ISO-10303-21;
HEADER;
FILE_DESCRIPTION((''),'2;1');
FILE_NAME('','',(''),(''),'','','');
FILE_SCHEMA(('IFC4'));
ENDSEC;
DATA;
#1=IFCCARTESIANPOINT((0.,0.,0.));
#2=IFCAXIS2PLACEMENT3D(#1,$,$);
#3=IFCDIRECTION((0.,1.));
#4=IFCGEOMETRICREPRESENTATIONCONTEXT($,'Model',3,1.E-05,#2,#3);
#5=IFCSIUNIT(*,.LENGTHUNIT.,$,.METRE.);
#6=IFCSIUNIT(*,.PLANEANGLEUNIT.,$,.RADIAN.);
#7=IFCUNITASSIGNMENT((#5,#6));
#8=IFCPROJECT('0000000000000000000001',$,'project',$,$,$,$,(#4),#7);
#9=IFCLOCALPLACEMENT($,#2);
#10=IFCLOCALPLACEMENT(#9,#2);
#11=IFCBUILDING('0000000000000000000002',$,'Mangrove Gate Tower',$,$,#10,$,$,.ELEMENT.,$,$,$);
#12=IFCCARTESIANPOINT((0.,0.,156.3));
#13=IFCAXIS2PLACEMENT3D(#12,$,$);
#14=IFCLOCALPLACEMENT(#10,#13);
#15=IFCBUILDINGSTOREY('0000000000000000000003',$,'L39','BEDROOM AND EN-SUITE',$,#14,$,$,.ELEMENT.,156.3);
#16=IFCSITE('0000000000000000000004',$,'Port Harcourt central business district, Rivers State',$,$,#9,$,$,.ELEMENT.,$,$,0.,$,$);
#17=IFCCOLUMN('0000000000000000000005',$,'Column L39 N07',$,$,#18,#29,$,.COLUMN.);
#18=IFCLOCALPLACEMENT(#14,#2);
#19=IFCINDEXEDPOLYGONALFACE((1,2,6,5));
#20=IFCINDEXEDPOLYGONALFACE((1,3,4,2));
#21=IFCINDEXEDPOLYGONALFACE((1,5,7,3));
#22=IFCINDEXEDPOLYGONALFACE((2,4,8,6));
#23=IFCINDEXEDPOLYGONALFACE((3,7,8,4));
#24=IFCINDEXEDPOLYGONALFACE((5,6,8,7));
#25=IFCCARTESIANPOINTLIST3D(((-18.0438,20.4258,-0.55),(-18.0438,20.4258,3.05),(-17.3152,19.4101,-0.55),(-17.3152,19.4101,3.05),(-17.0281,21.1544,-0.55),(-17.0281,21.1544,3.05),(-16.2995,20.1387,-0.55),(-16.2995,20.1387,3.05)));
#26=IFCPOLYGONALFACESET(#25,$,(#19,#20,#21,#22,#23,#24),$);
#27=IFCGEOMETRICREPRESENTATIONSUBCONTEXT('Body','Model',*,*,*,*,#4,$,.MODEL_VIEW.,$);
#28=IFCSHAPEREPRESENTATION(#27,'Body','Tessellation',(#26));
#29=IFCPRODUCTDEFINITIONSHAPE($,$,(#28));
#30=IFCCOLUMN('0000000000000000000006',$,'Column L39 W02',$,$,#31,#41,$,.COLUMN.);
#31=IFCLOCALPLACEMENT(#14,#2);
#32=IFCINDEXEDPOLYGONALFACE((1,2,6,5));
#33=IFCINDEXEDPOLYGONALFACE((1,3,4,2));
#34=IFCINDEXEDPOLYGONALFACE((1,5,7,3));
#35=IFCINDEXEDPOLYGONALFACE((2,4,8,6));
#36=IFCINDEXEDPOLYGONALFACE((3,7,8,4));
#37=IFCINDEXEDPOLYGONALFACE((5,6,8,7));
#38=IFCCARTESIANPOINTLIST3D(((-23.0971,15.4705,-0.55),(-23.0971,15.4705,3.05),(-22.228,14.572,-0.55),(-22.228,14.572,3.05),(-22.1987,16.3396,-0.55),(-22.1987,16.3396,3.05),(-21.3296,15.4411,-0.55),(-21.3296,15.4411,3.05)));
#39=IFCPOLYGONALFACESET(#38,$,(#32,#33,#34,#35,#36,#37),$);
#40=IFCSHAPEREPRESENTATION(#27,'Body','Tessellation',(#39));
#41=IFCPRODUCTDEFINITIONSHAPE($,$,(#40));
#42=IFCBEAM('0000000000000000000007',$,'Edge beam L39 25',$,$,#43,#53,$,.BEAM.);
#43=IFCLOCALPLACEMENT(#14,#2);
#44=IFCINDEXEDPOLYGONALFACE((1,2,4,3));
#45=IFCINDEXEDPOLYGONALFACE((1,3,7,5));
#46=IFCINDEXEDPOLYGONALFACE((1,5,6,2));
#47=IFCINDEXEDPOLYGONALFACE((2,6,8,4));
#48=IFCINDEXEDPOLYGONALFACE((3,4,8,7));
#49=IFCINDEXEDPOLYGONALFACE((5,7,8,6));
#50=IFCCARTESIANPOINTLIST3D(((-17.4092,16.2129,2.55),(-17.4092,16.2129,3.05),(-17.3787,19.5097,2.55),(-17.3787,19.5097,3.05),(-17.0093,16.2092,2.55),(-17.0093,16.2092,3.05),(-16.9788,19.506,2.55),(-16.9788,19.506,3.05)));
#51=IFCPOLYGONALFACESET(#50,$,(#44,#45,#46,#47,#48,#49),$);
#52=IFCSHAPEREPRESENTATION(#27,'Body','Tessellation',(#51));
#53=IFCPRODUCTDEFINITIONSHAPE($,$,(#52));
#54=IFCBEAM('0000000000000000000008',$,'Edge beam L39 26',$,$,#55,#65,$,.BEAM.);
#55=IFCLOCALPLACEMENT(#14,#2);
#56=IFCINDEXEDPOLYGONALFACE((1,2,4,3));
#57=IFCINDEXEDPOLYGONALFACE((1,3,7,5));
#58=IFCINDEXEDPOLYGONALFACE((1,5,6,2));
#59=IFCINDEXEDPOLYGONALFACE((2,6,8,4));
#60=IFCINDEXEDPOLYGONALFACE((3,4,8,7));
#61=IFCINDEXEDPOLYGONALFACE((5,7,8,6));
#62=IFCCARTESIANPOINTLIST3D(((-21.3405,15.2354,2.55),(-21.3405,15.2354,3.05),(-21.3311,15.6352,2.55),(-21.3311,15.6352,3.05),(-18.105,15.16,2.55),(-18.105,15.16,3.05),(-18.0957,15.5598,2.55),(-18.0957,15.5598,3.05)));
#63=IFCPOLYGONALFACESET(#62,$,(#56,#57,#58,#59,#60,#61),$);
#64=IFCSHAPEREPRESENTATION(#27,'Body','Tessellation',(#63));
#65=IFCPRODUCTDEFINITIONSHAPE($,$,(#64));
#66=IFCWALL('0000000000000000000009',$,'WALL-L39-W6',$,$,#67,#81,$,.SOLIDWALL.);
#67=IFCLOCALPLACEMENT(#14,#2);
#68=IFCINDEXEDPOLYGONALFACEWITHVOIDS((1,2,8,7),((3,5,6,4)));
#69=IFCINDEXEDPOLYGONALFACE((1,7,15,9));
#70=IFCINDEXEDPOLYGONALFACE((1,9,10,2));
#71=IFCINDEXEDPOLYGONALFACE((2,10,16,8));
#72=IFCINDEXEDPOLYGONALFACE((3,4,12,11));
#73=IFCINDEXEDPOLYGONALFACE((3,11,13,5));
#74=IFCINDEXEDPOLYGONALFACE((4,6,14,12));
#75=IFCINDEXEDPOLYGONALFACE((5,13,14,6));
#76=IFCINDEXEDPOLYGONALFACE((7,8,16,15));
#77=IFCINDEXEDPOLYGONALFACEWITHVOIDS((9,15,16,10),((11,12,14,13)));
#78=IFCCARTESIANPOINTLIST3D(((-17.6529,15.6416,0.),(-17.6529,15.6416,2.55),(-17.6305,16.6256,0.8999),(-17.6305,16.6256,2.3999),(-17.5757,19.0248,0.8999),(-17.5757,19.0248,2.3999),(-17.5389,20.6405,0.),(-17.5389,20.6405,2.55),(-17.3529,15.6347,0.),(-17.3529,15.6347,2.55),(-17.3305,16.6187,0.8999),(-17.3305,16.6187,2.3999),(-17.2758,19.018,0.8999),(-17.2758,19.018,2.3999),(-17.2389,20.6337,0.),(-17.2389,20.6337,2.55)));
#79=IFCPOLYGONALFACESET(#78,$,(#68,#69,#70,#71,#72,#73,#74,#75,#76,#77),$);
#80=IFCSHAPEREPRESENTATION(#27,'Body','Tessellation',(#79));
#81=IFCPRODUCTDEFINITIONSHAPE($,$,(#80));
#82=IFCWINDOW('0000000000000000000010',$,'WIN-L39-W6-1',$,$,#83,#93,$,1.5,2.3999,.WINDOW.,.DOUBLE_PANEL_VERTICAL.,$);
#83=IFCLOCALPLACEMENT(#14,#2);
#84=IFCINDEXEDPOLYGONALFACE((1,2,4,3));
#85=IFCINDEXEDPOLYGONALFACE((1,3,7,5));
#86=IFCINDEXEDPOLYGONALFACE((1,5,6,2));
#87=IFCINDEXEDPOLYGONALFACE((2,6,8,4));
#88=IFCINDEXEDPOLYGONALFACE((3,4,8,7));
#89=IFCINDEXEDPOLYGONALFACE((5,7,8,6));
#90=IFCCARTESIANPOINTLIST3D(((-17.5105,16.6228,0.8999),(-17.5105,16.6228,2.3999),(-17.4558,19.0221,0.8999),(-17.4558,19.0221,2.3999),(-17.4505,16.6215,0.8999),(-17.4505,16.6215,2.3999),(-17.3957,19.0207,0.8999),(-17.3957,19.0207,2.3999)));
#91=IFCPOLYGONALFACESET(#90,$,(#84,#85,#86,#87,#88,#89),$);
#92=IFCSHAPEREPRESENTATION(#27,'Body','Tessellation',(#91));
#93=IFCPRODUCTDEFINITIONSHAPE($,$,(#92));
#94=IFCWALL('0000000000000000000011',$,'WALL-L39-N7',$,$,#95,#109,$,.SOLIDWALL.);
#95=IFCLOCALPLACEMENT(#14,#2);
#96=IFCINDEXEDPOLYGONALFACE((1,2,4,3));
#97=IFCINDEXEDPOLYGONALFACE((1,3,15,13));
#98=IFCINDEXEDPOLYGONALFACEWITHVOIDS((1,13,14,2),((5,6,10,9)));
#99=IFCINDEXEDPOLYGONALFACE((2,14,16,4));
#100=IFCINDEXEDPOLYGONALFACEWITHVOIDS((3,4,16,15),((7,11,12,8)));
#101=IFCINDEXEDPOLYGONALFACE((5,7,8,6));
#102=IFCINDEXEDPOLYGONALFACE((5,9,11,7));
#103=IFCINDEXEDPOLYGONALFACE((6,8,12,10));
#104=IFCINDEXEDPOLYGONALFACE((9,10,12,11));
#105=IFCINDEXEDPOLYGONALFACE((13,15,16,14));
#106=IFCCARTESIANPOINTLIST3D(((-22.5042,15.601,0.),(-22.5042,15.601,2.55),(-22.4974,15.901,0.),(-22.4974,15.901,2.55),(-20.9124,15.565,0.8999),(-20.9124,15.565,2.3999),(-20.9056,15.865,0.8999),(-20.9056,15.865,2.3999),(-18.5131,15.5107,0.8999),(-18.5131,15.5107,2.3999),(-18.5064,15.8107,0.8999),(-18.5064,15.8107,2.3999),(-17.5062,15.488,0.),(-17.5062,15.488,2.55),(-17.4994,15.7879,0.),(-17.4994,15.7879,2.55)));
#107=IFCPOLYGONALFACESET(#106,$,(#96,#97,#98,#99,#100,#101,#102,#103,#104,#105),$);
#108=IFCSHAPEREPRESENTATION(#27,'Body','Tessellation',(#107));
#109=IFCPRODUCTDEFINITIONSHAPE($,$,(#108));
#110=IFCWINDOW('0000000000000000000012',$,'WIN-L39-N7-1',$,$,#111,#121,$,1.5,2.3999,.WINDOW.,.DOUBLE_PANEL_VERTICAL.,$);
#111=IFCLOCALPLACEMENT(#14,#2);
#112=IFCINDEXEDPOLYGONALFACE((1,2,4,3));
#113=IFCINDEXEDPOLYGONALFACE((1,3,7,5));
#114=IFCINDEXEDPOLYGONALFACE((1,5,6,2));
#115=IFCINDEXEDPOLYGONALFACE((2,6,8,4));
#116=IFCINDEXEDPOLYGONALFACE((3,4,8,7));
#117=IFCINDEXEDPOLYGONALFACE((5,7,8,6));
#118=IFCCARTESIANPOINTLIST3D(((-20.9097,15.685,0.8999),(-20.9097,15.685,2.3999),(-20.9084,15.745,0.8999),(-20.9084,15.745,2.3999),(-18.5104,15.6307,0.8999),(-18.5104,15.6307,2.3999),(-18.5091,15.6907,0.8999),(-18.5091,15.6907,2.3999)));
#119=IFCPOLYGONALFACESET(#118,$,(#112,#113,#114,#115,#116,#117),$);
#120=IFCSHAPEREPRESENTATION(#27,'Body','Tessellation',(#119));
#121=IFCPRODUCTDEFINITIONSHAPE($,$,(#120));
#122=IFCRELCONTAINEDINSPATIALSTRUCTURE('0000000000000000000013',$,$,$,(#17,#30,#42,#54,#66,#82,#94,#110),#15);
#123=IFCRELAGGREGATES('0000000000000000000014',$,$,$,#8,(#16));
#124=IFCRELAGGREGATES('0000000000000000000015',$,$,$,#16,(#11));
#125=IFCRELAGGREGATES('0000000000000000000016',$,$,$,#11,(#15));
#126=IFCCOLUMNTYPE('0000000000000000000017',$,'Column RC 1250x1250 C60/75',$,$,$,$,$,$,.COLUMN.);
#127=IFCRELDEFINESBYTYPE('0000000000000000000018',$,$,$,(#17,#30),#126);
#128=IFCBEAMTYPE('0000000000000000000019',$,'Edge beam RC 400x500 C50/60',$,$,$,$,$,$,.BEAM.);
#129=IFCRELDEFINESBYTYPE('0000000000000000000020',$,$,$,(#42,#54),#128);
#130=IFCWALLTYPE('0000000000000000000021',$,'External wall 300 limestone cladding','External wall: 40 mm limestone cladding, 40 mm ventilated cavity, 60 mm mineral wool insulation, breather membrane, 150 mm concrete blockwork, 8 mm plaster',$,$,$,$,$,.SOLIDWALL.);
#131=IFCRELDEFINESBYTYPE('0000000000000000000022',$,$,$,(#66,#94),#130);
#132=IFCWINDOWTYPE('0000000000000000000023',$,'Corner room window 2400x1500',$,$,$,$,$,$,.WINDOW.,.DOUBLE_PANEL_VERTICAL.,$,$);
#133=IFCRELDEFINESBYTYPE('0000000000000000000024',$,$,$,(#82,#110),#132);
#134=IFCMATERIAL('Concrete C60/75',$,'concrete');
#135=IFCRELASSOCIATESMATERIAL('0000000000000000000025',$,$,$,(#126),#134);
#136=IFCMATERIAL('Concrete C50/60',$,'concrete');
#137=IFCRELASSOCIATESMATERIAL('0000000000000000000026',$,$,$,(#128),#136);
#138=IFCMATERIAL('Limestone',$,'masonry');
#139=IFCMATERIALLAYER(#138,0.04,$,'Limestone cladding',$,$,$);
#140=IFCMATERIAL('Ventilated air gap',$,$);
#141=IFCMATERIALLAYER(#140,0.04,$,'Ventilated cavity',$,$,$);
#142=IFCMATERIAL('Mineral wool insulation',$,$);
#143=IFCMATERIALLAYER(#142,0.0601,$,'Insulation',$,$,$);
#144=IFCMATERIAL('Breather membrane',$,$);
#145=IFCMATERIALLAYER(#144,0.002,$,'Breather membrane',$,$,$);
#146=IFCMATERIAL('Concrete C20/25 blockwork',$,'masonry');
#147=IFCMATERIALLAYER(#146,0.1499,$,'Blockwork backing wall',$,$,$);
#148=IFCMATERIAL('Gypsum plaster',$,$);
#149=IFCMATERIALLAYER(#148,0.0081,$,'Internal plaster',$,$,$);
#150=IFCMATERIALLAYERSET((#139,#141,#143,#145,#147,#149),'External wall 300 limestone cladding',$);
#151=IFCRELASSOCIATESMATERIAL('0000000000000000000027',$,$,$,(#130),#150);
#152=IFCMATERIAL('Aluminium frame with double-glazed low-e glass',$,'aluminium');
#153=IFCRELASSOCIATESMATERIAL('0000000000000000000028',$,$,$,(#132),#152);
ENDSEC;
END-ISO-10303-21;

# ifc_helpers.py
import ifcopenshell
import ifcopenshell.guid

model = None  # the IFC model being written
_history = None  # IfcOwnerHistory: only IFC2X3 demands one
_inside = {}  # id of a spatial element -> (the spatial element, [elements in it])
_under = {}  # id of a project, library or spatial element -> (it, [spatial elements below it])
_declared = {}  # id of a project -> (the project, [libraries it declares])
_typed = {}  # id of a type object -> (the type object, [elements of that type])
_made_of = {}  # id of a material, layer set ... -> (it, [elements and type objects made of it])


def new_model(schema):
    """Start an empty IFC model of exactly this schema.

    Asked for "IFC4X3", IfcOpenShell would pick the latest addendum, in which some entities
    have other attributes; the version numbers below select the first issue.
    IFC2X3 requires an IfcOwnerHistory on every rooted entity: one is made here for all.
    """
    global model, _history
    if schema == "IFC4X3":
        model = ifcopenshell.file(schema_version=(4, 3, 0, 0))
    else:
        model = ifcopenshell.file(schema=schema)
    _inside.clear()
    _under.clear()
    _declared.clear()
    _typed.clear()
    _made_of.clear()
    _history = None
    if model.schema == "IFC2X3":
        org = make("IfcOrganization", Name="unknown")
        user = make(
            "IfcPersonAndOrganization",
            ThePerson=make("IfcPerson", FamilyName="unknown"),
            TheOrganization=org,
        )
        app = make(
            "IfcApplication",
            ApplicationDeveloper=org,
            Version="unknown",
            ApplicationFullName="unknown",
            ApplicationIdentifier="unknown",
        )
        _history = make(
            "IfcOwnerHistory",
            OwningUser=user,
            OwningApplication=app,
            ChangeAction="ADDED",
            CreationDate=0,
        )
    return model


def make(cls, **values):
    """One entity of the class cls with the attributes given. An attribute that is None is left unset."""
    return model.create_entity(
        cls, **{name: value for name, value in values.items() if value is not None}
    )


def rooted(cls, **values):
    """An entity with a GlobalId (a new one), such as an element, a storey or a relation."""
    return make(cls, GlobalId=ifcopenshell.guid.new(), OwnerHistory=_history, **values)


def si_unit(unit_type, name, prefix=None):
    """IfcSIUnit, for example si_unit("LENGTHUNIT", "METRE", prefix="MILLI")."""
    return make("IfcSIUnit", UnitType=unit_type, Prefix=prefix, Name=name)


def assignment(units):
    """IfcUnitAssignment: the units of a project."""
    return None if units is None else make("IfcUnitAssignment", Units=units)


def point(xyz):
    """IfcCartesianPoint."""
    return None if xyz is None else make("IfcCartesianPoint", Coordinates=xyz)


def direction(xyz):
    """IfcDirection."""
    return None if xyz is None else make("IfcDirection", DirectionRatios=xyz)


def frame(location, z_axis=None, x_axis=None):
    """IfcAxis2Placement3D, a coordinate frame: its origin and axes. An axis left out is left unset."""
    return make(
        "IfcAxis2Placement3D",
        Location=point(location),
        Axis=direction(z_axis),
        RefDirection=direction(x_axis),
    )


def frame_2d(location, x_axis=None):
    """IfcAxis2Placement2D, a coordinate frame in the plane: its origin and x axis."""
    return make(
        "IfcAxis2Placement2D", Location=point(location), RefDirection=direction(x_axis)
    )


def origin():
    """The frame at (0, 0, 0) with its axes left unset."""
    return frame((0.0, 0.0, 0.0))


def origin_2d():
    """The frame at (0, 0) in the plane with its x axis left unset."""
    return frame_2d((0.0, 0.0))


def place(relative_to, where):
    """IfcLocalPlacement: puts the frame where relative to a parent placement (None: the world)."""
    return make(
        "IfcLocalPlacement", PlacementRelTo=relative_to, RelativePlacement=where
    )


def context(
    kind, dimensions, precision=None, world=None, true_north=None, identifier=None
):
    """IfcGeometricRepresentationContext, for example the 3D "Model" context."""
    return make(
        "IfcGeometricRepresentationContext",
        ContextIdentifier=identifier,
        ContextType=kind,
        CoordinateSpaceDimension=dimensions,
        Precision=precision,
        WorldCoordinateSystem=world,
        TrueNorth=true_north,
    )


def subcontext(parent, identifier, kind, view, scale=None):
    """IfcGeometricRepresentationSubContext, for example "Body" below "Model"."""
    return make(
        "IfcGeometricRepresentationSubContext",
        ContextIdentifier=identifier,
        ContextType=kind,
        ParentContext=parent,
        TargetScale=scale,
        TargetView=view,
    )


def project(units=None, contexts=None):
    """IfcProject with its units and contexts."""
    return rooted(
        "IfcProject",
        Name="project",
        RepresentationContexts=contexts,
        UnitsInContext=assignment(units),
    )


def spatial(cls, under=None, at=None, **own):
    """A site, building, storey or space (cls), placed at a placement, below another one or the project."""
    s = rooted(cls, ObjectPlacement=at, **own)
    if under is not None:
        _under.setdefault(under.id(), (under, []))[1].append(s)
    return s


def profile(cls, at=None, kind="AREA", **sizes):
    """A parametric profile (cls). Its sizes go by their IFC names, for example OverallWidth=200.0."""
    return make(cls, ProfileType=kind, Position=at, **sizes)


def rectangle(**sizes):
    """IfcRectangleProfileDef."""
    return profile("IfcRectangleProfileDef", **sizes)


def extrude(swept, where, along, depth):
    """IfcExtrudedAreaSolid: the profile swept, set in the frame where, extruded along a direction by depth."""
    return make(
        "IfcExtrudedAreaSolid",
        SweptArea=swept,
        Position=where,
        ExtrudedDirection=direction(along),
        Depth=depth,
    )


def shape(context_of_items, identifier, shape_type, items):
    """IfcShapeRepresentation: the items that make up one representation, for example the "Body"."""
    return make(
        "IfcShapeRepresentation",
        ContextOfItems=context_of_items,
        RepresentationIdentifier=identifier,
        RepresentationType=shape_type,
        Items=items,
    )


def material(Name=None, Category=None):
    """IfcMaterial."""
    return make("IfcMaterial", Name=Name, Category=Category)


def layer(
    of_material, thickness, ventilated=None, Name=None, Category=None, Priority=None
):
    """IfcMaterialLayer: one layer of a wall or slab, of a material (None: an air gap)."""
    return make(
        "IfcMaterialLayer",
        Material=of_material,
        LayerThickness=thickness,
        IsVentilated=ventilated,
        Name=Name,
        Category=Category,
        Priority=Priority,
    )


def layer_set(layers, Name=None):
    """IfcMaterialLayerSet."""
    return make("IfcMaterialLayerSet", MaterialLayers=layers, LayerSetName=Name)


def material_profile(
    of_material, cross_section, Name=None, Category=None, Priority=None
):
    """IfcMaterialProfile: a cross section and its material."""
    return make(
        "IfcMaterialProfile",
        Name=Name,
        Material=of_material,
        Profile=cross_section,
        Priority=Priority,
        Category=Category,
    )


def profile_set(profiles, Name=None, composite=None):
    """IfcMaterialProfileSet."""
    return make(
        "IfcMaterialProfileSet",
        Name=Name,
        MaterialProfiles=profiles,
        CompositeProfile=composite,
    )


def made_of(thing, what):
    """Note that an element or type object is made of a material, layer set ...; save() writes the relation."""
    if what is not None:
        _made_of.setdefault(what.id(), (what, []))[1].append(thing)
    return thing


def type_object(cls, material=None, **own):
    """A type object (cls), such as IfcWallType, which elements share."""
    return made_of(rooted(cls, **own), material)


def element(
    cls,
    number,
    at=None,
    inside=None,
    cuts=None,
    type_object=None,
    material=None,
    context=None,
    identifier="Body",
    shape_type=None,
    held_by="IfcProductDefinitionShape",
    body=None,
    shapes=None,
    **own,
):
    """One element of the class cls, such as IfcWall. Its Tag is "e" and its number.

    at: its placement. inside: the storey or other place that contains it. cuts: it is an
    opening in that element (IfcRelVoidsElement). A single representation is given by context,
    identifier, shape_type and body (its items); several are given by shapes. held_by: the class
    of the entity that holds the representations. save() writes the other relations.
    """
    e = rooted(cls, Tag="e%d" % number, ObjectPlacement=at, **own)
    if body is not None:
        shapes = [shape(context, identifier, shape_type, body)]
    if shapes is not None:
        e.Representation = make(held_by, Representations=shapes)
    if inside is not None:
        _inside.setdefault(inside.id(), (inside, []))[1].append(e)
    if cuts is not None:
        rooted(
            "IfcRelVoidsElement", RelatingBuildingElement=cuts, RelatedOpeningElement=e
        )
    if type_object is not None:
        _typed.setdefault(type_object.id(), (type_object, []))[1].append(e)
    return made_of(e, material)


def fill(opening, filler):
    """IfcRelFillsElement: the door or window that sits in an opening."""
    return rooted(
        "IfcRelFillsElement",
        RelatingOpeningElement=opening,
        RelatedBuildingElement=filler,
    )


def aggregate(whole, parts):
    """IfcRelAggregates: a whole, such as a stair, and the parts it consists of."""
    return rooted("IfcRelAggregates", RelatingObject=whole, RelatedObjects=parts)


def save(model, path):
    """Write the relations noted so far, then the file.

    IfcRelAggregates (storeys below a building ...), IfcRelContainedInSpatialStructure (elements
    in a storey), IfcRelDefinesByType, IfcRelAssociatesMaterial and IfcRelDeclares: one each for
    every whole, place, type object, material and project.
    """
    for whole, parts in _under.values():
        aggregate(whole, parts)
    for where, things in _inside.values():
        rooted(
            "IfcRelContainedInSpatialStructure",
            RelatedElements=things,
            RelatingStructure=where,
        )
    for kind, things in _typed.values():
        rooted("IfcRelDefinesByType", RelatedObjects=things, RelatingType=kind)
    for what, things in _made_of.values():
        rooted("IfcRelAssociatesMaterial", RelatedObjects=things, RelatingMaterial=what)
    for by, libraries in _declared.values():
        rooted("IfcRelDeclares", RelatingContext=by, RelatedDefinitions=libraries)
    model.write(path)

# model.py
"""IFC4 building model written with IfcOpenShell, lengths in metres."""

from ifc_helpers import new_model, si_unit, direction, frame, frame_2d, origin, origin_2d, place, context, subcontext, project, spatial, rectangle, extrude, material, layer, layer_set, material_profile, profile_set, type_object, element, fill, save


model = new_model("IFC4")

# Units and contexts
model_context = context("Model", 3, precision=1e-05, world=origin(), true_north=direction((0.0, 1.0)))
body_context = subcontext(model_context, "Body", "Model", "MODEL_VIEW")
ifc_project = project(units=[si_unit("LENGTHUNIT", "METRE"), si_unit("PLANEANGLEUNIT", "RADIAN")], contexts=[model_context])

# Site, building, storey
site_placement = place(None, origin())
site = spatial("IfcSite", under=ifc_project, at=site_placement, Name="Port Harcourt central business district, Rivers State", CompositionType="ELEMENT", RefElevation=0.0)
building_placement = place(site_placement, origin())
building = spatial("IfcBuilding", under=site, at=building_placement, Name="Mangrove Gate Tower", CompositionType="ELEMENT")
storey_placement = place(building_placement, frame((0.0, 0.0, 156.3)))
storey = spatial("IfcBuildingStorey", under=building, at=storey_placement, Name="L39", Description="BEDROOM AND EN-SUITE", CompositionType="ELEMENT", Elevation=156.3)

# Columns
ifc_material_1 = material(Name="Concrete C60/75", Category="concrete")
ifc_material_profile_1 = material_profile(ifc_material_1, rectangle(XDim=1.25, YDim=1.25, at=origin_2d()))
ifc_profile_set_1 = profile_set([ifc_material_profile_1], Name="Concrete C60/75")
column_type = type_object("IfcColumnType", Name="Column RC 1250x1250 C60/75", PredefinedType="COLUMN", material=ifc_profile_set_1)
for number, where, z_axis, x_axis, name in (
    (1, (-17.1716, 20.2822, -0.55), (0.0, 0.0, 1.0), (-0.812546, -0.582898, 0.0), "Column L39 N07"),
    (2, (-22.2134, 15.4558, -0.55), (0.0, 0.0, 1.0), (-0.718745, -0.695274, 0.0), "Column L39 W02"),
):
    element("IfcColumn", number, at=place(storey_placement, frame(where, z_axis=z_axis, x_axis=x_axis)), inside=storey, type_object=column_type, Name=name, PredefinedType="COLUMN", context=body_context, shape_type="SweptSolid", body=[
        extrude(rectangle(XDim=1.25, YDim=1.25, at=origin_2d()), origin(), (0.0, 0.0, 1.0), 3.6001),
    ])

# Beams
ifc_material_2 = material(Name="Concrete C50/60", Category="concrete")
ifc_material_profile_2 = material_profile(ifc_material_2, rectangle(XDim=0.3999, YDim=0.5, at=origin_2d()))
ifc_profile_set_2 = profile_set([ifc_material_profile_2], Name="Concrete C50/60")
beam_type = type_object("IfcBeamType", Name="Edge beam RC 400x500 C50/60", PredefinedType="BEAM", material=ifc_profile_set_2)
beam_1_placement = place(storey_placement, frame((-17.1787, 19.5078, 2.8), z_axis=(-0.009257, -0.999957, 0.0), x_axis=(0.999957, -0.009257, 0.0)))
element("IfcBeam", 3, at=beam_1_placement, inside=storey, type_object=beam_type, Name="Edge beam L39 25", PredefinedType="BEAM", context=body_context, shape_type="SweptSolid", body=[
    extrude(rectangle(XDim=0.3999, YDim=0.5, at=origin_2d()), origin(), (0.0, 0.0, 1.0), 3.2969),
])
beam_2_placement = place(storey_placement, frame((-18.1003, 15.3599, 2.8), z_axis=(-0.999728, 0.023311, 0.0), x_axis=(-0.023311, -0.999728, 0.0)))
element("IfcBeam", 4, at=beam_2_placement, inside=storey, type_object=beam_type, Name="Edge beam L39 26", PredefinedType="BEAM", context=body_context, shape_type="SweptSolid", body=[
    extrude(rectangle(XDim=0.3999, YDim=0.5, at=origin_2d()), origin(), (0.0, 0.0, 1.0), 3.2363),
])

# Walls, openings, windows
ifc_material_3 = material(Name="Limestone", Category="masonry")
ifc_layer_1 = layer(ifc_material_3, 0.04, Name="Limestone cladding")
ifc_material_4 = material(Name="Ventilated air gap")
ifc_layer_2 = layer(ifc_material_4, 0.04, Name="Ventilated cavity")
ifc_material_5 = material(Name="Mineral wool insulation")
ifc_layer_3 = layer(ifc_material_5, 0.0601, Name="Insulation")
ifc_material_6 = material(Name="Breather membrane")
ifc_layer_4 = layer(ifc_material_6, 0.002, Name="Breather membrane")
ifc_material_7 = material(Name="Concrete C20/25 blockwork", Category="masonry")
ifc_layer_5 = layer(ifc_material_7, 0.1499, Name="Blockwork backing wall")
ifc_material_8 = material(Name="Gypsum plaster")
ifc_layer_6 = layer(ifc_material_8, 0.0081, Name="Internal plaster")
ifc_layer_set = layer_set([ifc_layer_1, ifc_layer_2, ifc_layer_3, ifc_layer_4, ifc_layer_5, ifc_layer_6], Name="External wall 300 limestone cladding")
wall_type = type_object("IfcWallType", Name="External wall 300 limestone cladding", Description="External wall: 40 mm limestone cladding, 40 mm ventilated cavity, 60 mm mineral wool insulation, breather membrane, 150 mm concrete blockwork, 8 mm plaster", PredefinedType="SOLIDWALL", material=ifc_layer_set)
wall_1_placement = place(storey_placement, frame((-17.3889, 20.637, 0.0), z_axis=(0.0, 0.0, 1.0), x_axis=(-0.022801, -0.99974, 0.0)))
wall_1 = element("IfcWall", 5, at=wall_1_placement, inside=storey, type_object=wall_type, Name="WALL-L39-W6", PredefinedType="SOLIDWALL", context=body_context, shape_type="SweptSolid", body=[
    extrude(rectangle(XDim=5.0002, YDim=0.3, at=frame_2d((2.5, 0.0))), origin(), (0.0, 0.0, 1.0), 2.55),
])
opening_1_placement = place(wall_1_placement, frame((1.616, 0.0, 0.8999)))
opening_1 = element("IfcOpeningElement", 6, at=opening_1_placement, cuts=wall_1, PredefinedType="OPENING", context=body_context, shape_type="SweptSolid", body=[
    extrude(rectangle(XDim=2.3999, YDim=1.5, at=frame_2d((1.2, 0.75))), frame((0.0, 0.1599, 0.0), z_axis=(0.0, -1.0, 0.0), x_axis=(1.0, 0.0, 0.0)), (0.0, 0.0, 1.0), 0.3201),
])
ifc_material_9 = material(Name="Aluminium frame with double-glazed low-e glass", Category="aluminium")
window_type_1 = type_object("IfcWindowType", Name="Corner room window 2400x1500", PartitioningType="DOUBLE_PANEL_VERTICAL", PredefinedType="WINDOW", material=ifc_material_9)
window_1_placement = place(opening_1_placement, origin())
window_1 = element("IfcWindow", 7, at=window_1_placement, inside=storey, type_object=window_type_1, Name="WIN-L39-W6-1", OverallHeight=1.5, OverallWidth=2.3999, PartitioningType="DOUBLE_PANEL_VERTICAL", PredefinedType="WINDOW", context=body_context, shape_type="SweptSolid", body=[
    extrude(rectangle(XDim=2.3999, YDim=1.5, at=frame_2d((1.2, 0.75))), frame((0.0, 0.03, 0.0), z_axis=(0.0, -1.0, 0.0), x_axis=(1.0, 0.0, 0.0)), (0.0, 0.0, 1.0), 0.0601),
])
fill(opening_1, window_1)
wall_2_placement = place(storey_placement, frame((-17.5029, 15.6379, 0.0), z_axis=(0.0, 0.0, 1.0), x_axis=(-0.999744, 0.02261, 0.0)))
wall_2 = element("IfcWall", 8, at=wall_2_placement, inside=storey, type_object=wall_type, Name="WALL-L39-N7", PredefinedType="SOLIDWALL", context=body_context, shape_type="SweptSolid", body=[
    extrude(rectangle(XDim=4.9993, YDim=0.3, at=frame_2d((2.4995, 0.0))), origin(), (0.0, 0.0, 1.0), 2.55),
])
opening_2_placement = place(wall_2_placement, frame((1.0071, 0.0, 0.8999)))
opening_2 = element("IfcOpeningElement", 9, at=opening_2_placement, cuts=wall_2, PredefinedType="OPENING", context=body_context, shape_type="SweptSolid", body=[
    extrude(rectangle(XDim=2.3999, YDim=1.5, at=frame_2d((1.2, 0.75))), frame((0.0, 0.1599, 0.0), z_axis=(0.0, -1.0, 0.0), x_axis=(1.0, 0.0, 0.0)), (0.0, 0.0, 1.0), 0.3201),
])
window_2_placement = place(opening_2_placement, origin())
window_2 = element("IfcWindow", 10, at=window_2_placement, inside=storey, type_object=window_type_1, Name="WIN-L39-N7-1", OverallHeight=1.5, OverallWidth=2.3999, PartitioningType="DOUBLE_PANEL_VERTICAL", PredefinedType="WINDOW", context=body_context, shape_type="SweptSolid", body=[
    extrude(rectangle(XDim=2.3999, YDim=1.5, at=frame_2d((1.2, 0.75))), frame((0.0, 0.03, 0.0), z_axis=(0.0, -1.0, 0.0), x_axis=(1.0, 0.0, 0.0)), (0.0, 0.0, 1.0), 0.0601),
])
fill(opening_2, window_2)

save(model, "model.ifc")
